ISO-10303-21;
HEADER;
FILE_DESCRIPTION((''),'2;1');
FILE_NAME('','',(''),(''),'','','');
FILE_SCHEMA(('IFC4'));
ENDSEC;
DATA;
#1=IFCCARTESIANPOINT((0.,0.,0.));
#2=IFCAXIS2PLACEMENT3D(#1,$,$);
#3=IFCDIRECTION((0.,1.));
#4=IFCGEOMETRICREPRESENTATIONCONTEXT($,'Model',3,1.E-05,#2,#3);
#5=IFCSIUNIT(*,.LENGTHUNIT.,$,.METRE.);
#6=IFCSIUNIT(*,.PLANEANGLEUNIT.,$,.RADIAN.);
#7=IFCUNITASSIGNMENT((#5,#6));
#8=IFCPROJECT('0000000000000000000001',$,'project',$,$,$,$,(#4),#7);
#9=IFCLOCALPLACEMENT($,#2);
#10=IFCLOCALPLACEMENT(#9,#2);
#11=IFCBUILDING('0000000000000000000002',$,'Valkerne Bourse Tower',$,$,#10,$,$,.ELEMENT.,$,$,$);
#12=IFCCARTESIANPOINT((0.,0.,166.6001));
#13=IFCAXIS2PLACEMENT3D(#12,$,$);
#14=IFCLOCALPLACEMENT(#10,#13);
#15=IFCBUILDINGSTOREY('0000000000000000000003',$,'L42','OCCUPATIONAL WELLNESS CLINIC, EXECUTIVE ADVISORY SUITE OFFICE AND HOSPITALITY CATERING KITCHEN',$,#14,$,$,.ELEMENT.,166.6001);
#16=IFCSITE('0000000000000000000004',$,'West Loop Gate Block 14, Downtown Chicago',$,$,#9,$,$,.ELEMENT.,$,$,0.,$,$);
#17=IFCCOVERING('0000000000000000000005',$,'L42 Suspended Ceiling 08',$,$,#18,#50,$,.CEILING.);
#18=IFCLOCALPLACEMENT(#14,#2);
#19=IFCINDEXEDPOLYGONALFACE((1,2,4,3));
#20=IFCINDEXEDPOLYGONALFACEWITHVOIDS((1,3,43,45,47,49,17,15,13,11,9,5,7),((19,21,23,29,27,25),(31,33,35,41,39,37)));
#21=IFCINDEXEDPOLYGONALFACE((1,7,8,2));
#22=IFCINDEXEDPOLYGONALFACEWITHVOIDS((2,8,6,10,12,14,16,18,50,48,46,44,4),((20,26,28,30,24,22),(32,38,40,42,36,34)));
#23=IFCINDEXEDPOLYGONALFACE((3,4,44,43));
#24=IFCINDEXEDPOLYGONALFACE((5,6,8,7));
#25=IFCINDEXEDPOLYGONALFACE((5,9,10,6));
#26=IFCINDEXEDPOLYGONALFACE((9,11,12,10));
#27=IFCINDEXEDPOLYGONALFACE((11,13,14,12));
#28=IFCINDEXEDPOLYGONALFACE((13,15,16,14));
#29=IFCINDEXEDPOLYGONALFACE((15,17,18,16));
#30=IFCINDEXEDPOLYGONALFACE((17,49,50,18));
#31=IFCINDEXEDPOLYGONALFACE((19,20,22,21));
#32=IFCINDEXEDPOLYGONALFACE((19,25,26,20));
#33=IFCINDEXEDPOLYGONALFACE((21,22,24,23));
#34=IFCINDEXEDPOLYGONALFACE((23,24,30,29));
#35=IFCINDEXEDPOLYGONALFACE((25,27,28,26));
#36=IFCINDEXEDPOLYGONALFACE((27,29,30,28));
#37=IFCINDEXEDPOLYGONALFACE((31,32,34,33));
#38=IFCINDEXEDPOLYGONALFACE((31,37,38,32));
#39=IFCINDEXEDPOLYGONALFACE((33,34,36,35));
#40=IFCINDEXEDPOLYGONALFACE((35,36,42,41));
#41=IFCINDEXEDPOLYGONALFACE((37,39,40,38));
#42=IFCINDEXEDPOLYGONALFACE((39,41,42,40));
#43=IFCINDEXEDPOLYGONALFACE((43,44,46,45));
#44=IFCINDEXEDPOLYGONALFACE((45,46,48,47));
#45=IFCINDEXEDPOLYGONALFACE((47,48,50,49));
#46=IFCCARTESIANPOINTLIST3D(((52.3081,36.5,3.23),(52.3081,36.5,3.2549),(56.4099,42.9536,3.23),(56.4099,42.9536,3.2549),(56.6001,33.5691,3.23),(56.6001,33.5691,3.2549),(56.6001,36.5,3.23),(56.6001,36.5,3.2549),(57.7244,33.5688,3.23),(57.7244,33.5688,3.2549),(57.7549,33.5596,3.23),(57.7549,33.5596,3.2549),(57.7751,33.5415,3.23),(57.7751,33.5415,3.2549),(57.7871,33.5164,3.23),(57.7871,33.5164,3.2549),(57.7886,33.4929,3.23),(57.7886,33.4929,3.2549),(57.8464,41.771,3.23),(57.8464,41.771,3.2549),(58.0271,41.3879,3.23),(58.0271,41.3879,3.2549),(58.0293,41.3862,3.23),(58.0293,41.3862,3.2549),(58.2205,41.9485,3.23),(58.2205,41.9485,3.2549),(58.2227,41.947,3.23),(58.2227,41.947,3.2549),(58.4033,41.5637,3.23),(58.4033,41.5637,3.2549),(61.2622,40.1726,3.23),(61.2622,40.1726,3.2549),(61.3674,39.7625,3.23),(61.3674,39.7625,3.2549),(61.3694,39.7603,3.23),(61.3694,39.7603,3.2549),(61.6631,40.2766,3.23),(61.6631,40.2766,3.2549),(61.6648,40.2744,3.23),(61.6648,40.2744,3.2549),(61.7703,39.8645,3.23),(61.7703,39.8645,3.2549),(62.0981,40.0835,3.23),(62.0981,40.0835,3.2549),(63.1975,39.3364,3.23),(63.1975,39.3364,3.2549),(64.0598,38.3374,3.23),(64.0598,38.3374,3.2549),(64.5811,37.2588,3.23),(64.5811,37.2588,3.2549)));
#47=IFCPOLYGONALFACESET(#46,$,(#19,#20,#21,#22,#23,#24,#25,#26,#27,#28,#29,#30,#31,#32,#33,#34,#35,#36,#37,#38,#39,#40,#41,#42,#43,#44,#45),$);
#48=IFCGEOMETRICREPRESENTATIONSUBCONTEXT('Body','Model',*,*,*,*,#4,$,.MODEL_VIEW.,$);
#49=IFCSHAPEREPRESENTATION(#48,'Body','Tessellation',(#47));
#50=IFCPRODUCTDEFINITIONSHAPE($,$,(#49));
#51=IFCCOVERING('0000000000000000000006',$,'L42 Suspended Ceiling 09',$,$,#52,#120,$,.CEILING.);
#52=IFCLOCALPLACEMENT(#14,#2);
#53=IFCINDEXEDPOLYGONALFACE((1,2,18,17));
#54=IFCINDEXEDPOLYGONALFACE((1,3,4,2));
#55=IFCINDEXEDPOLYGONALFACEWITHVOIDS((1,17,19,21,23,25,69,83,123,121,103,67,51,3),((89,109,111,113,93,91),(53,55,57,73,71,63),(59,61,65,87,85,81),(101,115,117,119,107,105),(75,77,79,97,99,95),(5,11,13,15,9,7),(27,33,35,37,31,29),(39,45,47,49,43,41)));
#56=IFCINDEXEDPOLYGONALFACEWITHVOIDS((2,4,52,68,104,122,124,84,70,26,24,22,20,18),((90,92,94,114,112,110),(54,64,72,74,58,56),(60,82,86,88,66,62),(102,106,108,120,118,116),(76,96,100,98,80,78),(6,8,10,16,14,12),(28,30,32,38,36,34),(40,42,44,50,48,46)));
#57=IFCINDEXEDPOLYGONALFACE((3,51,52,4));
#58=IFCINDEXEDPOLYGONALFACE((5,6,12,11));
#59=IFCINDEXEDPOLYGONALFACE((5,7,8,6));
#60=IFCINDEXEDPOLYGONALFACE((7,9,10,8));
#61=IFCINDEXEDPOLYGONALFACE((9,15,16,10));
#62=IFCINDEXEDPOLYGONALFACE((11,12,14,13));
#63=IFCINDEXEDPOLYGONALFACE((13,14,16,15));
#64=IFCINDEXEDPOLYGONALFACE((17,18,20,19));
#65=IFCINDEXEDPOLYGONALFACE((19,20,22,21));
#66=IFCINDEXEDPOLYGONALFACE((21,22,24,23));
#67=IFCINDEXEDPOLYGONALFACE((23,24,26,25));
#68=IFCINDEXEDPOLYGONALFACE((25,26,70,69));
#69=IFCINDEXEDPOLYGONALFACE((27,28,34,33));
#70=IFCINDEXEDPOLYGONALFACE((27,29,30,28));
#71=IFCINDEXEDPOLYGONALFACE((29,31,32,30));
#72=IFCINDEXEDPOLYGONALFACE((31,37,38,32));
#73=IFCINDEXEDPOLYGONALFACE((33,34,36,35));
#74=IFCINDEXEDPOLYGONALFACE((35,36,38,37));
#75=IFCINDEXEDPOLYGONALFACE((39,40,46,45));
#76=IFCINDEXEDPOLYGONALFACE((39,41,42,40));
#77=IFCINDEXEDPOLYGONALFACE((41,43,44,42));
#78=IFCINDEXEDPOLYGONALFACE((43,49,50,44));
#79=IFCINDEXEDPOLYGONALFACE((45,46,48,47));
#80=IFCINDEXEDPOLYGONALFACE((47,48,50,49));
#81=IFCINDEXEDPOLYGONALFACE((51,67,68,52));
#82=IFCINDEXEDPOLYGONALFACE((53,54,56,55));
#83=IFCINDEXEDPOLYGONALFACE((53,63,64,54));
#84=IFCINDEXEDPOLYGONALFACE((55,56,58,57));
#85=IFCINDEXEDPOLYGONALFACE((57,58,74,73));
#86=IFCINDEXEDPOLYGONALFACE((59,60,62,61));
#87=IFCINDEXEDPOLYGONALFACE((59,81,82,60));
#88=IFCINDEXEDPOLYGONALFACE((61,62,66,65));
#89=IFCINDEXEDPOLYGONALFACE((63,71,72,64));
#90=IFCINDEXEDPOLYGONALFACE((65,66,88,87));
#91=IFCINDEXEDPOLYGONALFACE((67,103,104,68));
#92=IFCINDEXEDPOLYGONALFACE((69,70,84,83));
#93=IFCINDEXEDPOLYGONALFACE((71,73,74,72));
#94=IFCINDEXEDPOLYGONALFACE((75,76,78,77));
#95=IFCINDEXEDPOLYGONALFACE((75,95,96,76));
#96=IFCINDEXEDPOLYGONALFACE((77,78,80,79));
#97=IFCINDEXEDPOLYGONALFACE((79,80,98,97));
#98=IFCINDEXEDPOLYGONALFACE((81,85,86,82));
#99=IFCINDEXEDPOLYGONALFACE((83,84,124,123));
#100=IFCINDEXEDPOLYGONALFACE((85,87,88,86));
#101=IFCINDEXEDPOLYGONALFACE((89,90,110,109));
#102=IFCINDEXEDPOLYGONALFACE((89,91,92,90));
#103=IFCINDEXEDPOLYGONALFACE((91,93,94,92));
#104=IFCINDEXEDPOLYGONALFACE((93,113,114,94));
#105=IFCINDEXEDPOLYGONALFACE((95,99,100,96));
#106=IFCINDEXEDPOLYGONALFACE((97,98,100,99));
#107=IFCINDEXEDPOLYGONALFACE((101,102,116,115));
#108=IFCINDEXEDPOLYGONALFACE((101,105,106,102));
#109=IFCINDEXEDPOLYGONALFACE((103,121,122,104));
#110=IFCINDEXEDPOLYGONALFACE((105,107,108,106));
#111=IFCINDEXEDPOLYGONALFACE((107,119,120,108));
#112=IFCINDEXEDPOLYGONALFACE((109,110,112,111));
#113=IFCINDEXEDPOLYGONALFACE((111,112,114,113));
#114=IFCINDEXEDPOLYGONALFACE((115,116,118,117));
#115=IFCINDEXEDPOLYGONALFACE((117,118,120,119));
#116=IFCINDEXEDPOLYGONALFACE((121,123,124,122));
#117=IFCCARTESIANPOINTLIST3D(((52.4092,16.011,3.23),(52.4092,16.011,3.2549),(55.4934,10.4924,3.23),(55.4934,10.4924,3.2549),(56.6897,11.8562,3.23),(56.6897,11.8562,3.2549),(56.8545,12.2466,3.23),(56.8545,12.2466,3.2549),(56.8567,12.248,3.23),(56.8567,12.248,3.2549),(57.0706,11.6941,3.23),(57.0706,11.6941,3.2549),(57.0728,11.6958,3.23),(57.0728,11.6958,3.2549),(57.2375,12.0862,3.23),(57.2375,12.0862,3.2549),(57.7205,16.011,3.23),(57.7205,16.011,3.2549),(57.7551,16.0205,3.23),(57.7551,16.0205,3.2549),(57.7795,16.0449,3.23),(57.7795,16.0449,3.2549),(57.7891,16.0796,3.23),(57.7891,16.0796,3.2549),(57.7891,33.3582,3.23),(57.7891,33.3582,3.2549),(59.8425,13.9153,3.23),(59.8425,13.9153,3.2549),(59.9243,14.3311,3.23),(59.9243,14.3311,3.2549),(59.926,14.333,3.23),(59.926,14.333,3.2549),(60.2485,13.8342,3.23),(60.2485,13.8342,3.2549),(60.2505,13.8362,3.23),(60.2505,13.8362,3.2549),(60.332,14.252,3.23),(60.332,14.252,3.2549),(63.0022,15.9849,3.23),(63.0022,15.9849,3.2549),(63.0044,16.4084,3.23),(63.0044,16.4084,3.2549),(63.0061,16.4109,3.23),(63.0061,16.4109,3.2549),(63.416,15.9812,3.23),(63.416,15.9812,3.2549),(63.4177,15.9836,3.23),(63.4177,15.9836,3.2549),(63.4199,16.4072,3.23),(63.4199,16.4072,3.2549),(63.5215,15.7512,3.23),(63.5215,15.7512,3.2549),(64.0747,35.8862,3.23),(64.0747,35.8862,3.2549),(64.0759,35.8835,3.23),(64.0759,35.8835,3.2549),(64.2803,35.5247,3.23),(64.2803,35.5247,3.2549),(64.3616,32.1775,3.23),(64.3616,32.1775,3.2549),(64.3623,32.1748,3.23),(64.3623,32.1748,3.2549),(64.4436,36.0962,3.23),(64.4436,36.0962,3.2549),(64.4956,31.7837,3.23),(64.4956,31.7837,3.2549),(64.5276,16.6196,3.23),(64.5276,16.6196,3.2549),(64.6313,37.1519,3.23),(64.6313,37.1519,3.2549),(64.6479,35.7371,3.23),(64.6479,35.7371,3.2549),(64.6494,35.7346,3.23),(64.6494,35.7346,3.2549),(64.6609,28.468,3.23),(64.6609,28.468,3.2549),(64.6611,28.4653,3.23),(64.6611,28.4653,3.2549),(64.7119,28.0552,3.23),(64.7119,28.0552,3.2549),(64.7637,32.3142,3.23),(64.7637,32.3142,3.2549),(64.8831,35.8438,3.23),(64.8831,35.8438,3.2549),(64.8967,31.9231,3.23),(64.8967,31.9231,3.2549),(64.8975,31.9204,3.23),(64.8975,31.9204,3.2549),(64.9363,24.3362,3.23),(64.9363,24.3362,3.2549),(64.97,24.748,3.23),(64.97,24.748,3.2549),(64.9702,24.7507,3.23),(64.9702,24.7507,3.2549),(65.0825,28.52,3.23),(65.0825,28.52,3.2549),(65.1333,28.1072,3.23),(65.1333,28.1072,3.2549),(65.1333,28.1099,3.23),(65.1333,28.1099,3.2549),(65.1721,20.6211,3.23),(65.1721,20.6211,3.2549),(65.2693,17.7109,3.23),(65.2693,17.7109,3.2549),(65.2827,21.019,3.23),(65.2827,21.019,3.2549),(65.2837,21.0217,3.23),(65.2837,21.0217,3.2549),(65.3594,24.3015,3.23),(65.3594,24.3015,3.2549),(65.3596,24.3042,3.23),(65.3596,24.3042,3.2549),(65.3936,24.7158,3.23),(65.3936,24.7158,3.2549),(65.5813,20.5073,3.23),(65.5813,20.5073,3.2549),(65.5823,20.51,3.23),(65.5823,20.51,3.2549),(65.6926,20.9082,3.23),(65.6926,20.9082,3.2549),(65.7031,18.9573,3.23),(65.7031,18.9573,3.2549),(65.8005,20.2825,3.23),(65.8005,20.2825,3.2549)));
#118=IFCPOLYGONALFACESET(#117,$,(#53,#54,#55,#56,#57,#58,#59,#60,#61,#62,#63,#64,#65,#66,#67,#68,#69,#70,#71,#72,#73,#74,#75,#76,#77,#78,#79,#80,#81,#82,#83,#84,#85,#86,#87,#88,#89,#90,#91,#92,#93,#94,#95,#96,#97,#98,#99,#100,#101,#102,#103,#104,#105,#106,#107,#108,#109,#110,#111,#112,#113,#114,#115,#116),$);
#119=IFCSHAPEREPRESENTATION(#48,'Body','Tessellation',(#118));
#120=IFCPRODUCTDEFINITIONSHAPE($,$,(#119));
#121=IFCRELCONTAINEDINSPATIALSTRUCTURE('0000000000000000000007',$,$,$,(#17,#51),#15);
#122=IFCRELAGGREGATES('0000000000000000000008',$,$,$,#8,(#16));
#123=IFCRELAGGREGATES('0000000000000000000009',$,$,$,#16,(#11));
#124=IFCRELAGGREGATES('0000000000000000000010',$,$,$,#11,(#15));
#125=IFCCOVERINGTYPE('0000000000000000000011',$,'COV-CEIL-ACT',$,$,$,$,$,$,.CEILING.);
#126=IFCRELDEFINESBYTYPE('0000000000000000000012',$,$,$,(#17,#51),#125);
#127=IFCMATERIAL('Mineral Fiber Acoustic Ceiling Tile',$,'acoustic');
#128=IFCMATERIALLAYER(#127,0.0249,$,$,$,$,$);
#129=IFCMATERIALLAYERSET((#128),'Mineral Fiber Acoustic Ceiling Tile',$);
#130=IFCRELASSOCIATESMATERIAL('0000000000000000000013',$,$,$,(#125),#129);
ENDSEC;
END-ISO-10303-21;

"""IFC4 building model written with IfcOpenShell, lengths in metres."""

from ifc_helpers import new_model, si_unit, direction, frame, origin, place, context, subcontext, project, spatial, polyline, outline, extrude, material, layer, layer_set, type_object, element, save


model = new_model("IFC4")

# Units and contexts
model_context = context("Model", 3, precision=1e-05, world=origin(), true_north=direction((0.0, 1.0)))
body_context = subcontext(model_context, "Body", "Model", "MODEL_VIEW")
ifc_project = project(units=[si_unit("LENGTHUNIT", "METRE"), si_unit("PLANEANGLEUNIT", "RADIAN")], contexts=[model_context])

# Site, building, storey
site_placement = place(None, origin())
site = spatial("IfcSite", under=ifc_project, at=site_placement, Name="West Loop Gate Block 14, Downtown Chicago", CompositionType="ELEMENT", RefElevation=0.0)
building_placement = place(site_placement, origin())
building = spatial("IfcBuilding", under=site, at=building_placement, Name="Valkerne Bourse Tower", CompositionType="ELEMENT")
storey_placement = place(building_placement, frame((0.0, 0.0, 166.6001)))
storey = spatial("IfcBuildingStorey", under=building, at=storey_placement, Name="L42", Description="OCCUPATIONAL WELLNESS CLINIC, EXECUTIVE ADVISORY SUITE OFFICE AND HOSPITALITY CATERING KITCHEN", CompositionType="ELEMENT", Elevation=166.6001)

# Coverings
ifc_material_1 = material(Name="Mineral Fiber Acoustic Ceiling Tile", Category="acoustic")
ifc_layer_1 = layer(ifc_material_1, 0.0249)
ifc_layer_set_1 = layer_set([ifc_layer_1], Name="Mineral Fiber Acoustic Ceiling Tile")
covering_type_1 = type_object("IfcCoveringType", Name="COV-CEIL-ACT", PredefinedType="CEILING", material=ifc_layer_set_1)
covering_1_placement = place(storey_placement, frame((0.0, 0.0, 3.23)))
element("IfcCovering", 1, at=covering_1_placement, inside=storey, type_object=covering_type_1, Name="L42 Suspended Ceiling 08", PredefinedType="CEILING", context=body_context, shape_type="SweptSolid", body=[
    extrude(outline(polyline([(64.0598, 38.3374), (64.5811, 37.2588), (57.7886, 33.4929), (57.7871, 33.5164), (57.7751, 33.5415), (57.7549, 33.5596), (57.7244, 33.5688), (56.6001, 33.5691), (56.6001, 36.5), (52.3081, 36.5), (56.4099, 42.9536), (62.0981, 40.0835), (63.1975, 39.3364), (64.0598, 38.3374)]), holes=[polyline([(61.6648, 40.2744), (61.6631, 40.2766), (61.2622, 40.1726), (61.3674, 39.7625), (61.3694, 39.7603), (61.7703, 39.8645), (61.6648, 40.2744)]), polyline([(58.4033, 41.5637), (58.2227, 41.947), (58.2205, 41.9485), (57.8464, 41.771), (58.0271, 41.3879), (58.0293, 41.3862), (58.4033, 41.5637)])]), origin(), (0.0, 0.0, 1.0), 0.0249),
])
covering_2_placement = place(storey_placement, frame((0.0, 0.0, 3.23)))
element("IfcCovering", 2, at=covering_2_placement, inside=storey, type_object=covering_type_1, Name="L42 Suspended Ceiling 09", PredefinedType="CEILING", context=body_context, shape_type="SweptSolid", body=[
    extrude(outline(polyline([(64.5276, 16.6196), (63.5215, 15.7512), (55.4934, 10.4924), (52.4092, 16.011), (57.7205, 16.011), (57.7551, 16.0205), (57.7795, 16.0449), (57.7891, 16.0796), (57.7891, 33.3582), (64.6313, 37.1519), (64.8831, 35.8438), (65.8005, 20.2825), (65.7031, 18.9573), (65.2693, 17.7109), (64.5276, 16.6196)]), holes=[polyline([(57.0728, 11.6958), (57.2375, 12.0862), (56.8567, 12.248), (56.8545, 12.2466), (56.6897, 11.8562), (57.0706, 11.6941), (57.0728, 11.6958)]), polyline([(60.2505, 13.8362), (60.332, 14.252), (59.926, 14.333), (59.9243, 14.3311), (59.8425, 13.9153), (60.2485, 13.8342), (60.2505, 13.8362)]), polyline([(63.4199, 16.4072), (63.0061, 16.4109), (63.0044, 16.4084), (63.0022, 15.9849), (63.416, 15.9812), (63.4177, 15.9836), (63.4199, 16.4072)]), polyline([(65.6926, 20.9082), (65.2837, 21.0217), (65.2827, 21.019), (65.1721, 20.6211), (65.5813, 20.5073), (65.5823, 20.51), (65.6926, 20.9082)]), polyline([(65.3936, 24.7158), (64.9702, 24.7507), (64.97, 24.748), (64.9363, 24.3362), (65.3594, 24.3015), (65.3596, 24.3042), (65.3936, 24.7158)]), polyline([(65.1333, 28.1072), (65.1333, 28.1099), (65.0825, 28.52), (64.6609, 28.468), (64.6611, 28.4653), (64.7119, 28.0552), (65.1333, 28.1072)]), polyline([(64.8975, 31.9204), (64.8967, 31.9231), (64.7637, 32.3142), (64.3616, 32.1775), (64.3623, 32.1748), (64.4956, 31.7837), (64.8975, 31.9204)]), polyline([(64.6494, 35.7346), (64.6479, 35.7371), (64.4436, 36.0962), (64.0747, 35.8862), (64.0759, 35.8835), (64.2803, 35.5247), (64.6494, 35.7346)])]), origin(), (0.0, 0.0, 1.0), 0.0249),
])

save(model, "model.ifc")
